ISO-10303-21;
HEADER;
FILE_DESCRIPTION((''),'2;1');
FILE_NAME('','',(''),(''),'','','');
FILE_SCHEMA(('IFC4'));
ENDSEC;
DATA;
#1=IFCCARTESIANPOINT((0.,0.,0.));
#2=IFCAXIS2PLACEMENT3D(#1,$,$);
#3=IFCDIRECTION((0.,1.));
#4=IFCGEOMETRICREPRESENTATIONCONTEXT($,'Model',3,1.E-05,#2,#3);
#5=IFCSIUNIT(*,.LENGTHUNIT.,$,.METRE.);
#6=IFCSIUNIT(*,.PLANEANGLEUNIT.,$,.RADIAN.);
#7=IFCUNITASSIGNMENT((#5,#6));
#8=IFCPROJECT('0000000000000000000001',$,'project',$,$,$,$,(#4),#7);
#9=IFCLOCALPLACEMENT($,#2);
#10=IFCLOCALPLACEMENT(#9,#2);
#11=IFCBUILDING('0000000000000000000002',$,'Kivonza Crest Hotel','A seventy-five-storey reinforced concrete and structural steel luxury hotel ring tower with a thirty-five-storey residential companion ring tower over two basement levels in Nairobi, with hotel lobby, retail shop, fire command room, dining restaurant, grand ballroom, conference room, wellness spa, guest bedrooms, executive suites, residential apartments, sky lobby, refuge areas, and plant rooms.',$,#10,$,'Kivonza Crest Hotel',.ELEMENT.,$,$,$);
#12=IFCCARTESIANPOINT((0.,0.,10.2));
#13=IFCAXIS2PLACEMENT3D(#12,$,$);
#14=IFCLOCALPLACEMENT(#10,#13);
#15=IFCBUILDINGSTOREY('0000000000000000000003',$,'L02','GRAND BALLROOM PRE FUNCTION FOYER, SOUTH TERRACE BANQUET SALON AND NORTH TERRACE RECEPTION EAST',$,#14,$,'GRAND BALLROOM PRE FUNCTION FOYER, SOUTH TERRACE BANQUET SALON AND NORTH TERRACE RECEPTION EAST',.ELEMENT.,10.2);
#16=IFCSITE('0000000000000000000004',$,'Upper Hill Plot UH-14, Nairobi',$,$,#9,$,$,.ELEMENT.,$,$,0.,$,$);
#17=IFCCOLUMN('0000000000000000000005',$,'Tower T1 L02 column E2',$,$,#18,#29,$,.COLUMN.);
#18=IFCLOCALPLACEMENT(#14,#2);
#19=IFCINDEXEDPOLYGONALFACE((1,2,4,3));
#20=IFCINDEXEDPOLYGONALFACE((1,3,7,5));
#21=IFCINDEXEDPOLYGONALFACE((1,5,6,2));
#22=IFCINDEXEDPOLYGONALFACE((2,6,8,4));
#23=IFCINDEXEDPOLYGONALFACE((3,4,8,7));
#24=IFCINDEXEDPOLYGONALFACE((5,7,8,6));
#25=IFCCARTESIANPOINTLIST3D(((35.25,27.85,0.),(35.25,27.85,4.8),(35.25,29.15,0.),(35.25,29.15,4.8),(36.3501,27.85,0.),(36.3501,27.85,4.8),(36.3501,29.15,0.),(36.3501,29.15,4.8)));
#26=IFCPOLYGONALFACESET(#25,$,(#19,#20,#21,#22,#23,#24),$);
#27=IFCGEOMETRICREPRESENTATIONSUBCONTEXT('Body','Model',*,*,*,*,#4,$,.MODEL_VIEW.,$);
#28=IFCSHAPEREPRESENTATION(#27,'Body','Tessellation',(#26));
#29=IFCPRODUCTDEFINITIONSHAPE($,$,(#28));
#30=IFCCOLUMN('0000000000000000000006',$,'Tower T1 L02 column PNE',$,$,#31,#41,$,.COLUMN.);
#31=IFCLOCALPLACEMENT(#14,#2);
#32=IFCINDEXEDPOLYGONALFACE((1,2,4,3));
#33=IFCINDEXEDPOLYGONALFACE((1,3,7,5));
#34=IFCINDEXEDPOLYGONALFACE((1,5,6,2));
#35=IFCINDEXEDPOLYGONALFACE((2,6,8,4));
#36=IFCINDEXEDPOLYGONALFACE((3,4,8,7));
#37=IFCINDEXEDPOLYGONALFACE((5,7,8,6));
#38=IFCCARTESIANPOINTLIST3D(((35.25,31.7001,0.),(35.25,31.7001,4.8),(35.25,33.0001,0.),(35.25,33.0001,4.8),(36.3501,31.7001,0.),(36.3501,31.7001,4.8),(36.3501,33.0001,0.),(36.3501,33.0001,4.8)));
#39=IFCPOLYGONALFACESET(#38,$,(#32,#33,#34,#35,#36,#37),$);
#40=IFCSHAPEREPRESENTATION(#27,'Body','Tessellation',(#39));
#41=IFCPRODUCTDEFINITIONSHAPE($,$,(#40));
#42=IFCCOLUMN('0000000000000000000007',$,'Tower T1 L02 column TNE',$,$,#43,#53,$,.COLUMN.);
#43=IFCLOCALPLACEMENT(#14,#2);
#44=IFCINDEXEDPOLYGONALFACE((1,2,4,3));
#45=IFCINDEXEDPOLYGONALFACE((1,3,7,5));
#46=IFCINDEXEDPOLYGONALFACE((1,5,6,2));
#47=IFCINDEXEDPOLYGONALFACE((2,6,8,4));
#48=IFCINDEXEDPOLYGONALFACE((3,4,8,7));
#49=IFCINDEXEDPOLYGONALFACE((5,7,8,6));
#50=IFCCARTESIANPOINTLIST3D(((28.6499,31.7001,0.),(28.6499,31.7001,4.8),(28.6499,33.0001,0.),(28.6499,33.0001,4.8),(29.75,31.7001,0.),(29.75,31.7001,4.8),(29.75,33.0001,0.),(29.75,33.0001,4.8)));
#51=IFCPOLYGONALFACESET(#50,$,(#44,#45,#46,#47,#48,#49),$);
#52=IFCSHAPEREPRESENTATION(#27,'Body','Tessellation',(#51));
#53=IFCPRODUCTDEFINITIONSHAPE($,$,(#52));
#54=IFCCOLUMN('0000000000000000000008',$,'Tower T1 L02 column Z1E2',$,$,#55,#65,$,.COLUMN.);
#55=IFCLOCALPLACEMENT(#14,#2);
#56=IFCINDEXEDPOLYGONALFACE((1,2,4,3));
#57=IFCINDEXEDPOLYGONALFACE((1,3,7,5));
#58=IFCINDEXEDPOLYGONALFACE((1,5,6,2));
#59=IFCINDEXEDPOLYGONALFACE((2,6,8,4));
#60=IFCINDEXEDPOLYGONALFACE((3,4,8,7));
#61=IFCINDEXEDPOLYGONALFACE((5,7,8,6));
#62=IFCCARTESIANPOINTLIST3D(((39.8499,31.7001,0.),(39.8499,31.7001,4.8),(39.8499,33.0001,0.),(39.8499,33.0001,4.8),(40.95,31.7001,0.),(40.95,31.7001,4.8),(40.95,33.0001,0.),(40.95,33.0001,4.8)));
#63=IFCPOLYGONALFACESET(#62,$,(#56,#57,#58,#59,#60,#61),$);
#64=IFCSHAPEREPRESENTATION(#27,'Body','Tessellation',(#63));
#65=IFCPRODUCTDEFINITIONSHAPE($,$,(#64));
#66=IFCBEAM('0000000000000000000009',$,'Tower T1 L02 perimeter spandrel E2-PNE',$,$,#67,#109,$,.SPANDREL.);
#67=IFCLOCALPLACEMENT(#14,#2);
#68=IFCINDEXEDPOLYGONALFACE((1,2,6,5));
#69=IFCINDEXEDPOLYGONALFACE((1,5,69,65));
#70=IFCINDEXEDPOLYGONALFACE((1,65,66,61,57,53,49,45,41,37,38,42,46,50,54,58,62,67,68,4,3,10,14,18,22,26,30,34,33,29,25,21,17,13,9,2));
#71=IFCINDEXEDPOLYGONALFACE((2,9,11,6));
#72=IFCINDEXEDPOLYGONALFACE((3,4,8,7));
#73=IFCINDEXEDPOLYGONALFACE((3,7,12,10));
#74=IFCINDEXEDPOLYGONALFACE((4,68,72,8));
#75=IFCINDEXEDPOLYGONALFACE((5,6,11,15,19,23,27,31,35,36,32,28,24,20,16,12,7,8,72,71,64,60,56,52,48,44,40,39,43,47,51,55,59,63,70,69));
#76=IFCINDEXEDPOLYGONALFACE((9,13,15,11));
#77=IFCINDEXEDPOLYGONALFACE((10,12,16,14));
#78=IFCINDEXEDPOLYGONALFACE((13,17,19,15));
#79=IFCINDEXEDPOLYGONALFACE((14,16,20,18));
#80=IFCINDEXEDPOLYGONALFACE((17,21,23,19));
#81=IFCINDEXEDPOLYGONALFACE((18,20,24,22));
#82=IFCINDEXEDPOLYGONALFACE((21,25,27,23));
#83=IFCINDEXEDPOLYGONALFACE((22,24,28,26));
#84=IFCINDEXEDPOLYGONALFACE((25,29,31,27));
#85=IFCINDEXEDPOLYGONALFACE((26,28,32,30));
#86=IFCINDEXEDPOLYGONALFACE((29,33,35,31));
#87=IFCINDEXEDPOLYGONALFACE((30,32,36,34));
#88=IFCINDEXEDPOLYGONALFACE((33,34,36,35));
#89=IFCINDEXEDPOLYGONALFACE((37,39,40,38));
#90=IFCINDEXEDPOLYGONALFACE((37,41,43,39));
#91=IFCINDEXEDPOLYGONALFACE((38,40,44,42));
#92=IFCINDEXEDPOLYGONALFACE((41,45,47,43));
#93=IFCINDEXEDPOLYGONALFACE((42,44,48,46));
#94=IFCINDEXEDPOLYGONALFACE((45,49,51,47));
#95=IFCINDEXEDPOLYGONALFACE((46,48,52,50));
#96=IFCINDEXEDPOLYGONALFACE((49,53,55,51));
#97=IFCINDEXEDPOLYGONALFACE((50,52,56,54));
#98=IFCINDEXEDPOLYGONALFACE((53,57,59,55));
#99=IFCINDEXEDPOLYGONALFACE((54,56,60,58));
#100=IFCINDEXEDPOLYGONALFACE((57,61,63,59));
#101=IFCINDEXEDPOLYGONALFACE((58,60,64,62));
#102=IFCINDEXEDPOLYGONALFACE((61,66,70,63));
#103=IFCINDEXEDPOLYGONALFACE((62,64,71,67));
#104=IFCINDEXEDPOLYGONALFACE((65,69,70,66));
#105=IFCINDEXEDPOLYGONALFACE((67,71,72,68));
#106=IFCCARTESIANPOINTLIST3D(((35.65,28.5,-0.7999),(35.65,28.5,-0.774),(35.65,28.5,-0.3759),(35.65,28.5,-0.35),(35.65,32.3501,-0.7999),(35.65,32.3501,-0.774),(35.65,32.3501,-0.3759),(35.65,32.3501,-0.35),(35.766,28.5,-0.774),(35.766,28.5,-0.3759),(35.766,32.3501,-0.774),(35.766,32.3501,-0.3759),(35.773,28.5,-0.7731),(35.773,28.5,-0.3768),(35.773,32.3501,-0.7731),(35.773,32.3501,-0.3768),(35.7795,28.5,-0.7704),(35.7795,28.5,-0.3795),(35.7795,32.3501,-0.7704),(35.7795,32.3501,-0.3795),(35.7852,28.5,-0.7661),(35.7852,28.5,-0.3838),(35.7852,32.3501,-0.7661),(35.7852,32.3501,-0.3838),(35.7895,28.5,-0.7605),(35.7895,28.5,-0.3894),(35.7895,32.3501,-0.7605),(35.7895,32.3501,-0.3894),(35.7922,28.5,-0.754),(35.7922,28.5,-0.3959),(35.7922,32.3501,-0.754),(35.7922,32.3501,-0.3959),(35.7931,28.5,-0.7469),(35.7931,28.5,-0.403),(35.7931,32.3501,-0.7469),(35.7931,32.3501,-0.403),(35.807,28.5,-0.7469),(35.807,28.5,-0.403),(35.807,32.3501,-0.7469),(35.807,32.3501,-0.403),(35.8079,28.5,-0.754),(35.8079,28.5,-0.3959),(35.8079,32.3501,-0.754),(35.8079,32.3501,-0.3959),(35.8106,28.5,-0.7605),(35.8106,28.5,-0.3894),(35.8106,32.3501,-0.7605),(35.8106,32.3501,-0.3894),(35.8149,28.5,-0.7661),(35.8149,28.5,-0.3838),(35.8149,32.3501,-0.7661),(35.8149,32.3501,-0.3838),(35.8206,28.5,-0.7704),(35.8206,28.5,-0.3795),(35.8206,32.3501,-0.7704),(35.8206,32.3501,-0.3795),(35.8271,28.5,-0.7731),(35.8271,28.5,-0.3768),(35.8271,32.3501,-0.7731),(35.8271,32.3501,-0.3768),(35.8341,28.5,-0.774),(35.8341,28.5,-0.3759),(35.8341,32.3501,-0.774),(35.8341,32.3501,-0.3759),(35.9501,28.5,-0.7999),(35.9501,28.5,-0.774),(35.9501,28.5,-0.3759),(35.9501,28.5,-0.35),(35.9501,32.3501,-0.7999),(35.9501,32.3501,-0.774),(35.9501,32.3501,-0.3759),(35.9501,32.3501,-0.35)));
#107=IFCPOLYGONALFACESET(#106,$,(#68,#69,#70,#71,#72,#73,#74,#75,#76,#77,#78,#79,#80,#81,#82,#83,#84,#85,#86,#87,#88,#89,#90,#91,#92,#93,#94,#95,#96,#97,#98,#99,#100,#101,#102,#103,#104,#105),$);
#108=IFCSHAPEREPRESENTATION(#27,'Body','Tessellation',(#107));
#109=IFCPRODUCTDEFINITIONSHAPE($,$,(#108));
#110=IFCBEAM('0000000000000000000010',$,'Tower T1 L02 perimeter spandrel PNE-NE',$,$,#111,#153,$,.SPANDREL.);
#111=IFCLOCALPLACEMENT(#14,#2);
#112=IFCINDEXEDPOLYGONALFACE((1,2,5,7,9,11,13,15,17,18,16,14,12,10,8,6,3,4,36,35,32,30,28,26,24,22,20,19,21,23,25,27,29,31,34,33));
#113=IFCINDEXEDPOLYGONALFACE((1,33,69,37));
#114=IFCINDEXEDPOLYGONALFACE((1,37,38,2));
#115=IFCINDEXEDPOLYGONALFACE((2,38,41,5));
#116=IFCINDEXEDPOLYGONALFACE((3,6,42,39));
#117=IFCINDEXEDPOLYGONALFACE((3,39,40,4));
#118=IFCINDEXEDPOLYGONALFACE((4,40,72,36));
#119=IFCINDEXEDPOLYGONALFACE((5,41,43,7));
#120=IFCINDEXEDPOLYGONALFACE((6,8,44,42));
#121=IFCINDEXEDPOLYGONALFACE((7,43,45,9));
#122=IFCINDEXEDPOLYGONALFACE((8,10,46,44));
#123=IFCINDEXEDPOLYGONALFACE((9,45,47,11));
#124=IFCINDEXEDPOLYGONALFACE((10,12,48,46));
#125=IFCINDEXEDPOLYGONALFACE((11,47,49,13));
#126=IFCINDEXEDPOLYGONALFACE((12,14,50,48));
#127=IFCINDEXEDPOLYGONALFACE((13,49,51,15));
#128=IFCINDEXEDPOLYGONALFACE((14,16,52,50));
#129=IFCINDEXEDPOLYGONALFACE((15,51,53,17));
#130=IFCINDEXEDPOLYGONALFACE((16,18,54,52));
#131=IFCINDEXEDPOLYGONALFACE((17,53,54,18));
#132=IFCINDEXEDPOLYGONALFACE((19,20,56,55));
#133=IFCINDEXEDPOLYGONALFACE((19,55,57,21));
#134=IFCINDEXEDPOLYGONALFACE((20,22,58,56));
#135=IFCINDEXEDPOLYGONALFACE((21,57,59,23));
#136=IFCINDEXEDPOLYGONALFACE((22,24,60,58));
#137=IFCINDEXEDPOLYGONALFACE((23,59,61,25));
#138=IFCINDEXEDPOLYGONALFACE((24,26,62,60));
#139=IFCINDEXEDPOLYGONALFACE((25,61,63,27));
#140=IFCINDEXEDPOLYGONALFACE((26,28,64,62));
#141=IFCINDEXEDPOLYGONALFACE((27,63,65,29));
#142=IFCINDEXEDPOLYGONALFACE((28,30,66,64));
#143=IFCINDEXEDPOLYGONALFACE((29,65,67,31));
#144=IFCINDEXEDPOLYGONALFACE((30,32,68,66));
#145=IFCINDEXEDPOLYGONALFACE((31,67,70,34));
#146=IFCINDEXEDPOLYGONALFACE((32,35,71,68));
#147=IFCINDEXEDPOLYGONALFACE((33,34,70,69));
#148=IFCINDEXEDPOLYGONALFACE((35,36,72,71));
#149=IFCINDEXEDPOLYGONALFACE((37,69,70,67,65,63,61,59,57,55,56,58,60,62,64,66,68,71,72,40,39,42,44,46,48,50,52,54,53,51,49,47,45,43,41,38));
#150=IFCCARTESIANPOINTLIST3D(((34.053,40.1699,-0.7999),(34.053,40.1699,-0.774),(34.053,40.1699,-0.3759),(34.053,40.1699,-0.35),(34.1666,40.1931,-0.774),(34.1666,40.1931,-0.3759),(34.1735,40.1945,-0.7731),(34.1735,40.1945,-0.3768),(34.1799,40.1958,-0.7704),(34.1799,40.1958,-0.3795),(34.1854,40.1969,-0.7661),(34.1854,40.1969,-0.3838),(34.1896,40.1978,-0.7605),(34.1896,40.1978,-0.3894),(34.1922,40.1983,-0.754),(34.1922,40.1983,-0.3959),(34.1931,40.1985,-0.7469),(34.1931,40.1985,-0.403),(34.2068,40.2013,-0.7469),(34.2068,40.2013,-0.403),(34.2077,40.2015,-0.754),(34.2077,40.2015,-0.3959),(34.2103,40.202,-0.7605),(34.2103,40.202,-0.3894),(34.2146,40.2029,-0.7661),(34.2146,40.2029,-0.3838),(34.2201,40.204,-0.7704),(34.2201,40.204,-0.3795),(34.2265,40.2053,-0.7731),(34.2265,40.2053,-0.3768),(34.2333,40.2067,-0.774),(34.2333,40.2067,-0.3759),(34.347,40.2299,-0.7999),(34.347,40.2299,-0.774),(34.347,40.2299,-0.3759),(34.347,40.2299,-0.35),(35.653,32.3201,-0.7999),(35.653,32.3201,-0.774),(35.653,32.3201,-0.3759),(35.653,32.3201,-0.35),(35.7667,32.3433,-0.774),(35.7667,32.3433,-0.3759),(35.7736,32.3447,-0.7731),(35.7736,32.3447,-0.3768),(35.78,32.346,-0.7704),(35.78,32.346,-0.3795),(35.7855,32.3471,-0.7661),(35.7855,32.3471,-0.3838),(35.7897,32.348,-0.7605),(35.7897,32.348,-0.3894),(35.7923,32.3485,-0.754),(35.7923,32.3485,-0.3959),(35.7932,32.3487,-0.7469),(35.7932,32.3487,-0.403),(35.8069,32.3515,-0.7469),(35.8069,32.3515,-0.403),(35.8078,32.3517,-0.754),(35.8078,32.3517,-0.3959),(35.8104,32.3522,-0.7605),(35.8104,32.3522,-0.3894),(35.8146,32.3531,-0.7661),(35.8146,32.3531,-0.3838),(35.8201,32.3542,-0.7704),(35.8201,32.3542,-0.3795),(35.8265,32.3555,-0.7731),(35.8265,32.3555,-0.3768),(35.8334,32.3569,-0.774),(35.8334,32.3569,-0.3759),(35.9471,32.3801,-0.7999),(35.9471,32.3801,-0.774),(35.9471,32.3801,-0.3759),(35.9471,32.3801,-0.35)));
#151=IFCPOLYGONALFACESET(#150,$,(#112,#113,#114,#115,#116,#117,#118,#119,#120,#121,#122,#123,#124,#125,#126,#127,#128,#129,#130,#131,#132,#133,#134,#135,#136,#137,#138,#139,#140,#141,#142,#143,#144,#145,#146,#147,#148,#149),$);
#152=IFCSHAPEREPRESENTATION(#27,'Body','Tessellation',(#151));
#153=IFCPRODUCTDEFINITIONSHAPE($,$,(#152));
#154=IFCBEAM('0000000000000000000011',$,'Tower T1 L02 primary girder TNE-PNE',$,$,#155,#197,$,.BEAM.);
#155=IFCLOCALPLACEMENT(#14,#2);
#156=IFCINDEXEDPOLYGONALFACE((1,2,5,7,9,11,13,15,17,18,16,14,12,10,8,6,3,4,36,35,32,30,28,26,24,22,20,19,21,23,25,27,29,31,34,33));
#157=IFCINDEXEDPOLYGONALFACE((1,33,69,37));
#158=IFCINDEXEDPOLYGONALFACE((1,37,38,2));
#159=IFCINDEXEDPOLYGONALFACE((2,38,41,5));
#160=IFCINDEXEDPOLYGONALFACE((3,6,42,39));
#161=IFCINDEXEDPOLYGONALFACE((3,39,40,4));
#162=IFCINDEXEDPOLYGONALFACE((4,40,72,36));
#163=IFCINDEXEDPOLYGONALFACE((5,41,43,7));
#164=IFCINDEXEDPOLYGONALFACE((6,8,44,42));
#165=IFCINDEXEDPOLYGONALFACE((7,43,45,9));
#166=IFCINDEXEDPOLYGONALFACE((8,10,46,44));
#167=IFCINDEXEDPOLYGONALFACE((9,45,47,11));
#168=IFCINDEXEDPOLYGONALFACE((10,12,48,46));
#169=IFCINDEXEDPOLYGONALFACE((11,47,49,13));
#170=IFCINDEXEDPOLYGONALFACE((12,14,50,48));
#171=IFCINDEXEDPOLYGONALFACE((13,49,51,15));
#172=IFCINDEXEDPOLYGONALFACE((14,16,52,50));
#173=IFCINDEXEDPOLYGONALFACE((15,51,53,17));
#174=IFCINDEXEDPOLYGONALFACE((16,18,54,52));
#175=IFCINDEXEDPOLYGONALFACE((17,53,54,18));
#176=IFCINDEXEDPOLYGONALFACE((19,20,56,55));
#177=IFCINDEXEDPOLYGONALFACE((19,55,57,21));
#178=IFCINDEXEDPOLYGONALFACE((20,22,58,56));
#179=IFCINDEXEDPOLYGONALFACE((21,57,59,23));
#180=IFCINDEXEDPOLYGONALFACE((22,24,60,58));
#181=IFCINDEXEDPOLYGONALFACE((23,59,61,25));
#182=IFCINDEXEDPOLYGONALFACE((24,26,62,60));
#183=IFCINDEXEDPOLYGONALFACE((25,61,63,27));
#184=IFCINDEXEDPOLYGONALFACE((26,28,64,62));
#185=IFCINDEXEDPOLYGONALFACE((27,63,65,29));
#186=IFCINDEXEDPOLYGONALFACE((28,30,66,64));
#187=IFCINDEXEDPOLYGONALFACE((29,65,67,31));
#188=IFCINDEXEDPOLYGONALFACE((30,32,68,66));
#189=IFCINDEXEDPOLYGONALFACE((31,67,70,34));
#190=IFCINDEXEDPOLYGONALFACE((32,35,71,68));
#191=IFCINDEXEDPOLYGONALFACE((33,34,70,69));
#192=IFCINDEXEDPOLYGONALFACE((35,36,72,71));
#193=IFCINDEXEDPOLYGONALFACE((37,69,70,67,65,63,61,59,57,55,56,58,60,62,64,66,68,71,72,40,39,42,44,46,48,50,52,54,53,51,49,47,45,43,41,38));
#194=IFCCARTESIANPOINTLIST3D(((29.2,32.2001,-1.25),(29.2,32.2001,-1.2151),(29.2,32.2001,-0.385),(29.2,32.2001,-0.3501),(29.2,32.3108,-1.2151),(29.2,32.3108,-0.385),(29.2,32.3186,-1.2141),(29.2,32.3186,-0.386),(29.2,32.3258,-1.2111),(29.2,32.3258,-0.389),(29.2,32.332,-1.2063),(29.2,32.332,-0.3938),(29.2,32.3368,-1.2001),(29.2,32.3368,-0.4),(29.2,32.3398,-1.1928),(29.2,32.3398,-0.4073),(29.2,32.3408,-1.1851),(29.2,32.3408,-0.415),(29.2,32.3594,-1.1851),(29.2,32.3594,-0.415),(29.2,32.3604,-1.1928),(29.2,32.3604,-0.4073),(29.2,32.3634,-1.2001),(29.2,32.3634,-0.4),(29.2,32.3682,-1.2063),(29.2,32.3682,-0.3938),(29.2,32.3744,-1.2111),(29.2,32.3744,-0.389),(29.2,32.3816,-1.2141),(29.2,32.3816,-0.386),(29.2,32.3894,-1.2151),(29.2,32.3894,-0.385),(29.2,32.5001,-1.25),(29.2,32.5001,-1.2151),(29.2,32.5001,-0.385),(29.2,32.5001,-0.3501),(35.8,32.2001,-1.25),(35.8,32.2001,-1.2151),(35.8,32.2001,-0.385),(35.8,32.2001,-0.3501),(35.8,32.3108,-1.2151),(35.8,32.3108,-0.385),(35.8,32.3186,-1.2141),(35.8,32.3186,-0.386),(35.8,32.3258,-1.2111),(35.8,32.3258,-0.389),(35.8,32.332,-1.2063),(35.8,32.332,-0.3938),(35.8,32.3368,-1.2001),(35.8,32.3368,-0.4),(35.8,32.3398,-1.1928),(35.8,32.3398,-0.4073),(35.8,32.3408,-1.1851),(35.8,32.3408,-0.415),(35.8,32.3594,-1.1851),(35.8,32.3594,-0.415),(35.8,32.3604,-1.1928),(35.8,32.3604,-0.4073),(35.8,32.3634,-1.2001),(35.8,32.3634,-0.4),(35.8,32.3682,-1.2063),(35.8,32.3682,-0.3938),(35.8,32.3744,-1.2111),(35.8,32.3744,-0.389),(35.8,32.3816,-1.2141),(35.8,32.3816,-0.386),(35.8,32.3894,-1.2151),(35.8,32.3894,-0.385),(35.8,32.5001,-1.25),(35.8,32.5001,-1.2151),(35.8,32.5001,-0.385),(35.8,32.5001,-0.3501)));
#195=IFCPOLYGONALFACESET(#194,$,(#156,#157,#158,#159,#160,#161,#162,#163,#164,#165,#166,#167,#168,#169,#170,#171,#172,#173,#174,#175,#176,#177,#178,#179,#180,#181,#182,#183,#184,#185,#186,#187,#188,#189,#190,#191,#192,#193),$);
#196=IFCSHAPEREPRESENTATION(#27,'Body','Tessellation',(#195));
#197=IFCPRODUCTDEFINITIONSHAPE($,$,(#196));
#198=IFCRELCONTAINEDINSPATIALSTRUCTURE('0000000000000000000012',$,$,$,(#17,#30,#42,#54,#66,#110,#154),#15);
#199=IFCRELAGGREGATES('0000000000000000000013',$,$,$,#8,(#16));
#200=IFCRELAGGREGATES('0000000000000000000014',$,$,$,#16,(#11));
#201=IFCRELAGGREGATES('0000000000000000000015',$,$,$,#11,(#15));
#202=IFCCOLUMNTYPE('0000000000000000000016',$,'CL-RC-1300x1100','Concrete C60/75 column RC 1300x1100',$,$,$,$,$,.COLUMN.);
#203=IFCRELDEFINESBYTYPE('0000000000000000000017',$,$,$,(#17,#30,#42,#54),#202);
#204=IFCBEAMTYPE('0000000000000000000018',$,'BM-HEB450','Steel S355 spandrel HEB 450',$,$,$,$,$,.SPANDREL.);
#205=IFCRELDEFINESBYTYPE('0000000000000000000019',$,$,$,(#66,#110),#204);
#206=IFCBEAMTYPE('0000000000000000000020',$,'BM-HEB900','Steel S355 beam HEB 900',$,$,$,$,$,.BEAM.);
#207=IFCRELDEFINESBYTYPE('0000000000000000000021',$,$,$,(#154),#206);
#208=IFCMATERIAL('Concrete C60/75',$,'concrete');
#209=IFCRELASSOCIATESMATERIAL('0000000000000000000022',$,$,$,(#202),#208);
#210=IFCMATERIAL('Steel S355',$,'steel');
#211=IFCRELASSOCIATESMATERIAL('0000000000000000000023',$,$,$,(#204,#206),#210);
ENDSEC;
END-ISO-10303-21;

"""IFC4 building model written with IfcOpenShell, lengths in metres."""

from ifc_helpers import new_model, si_unit, direction, frame, origin, origin_2d, place, context, subcontext, project, spatial, rectangle, i_section, extrude, material, material_profile, profile_set, type_object, element, save


model = new_model("IFC4")

# Units and contexts
model_context = context("Model", 3, precision=1e-05, world=origin(), true_north=direction((0.0, 1.0)))
body_context = subcontext(model_context, "Body", "Model", "MODEL_VIEW")
ifc_project = project(units=[si_unit("LENGTHUNIT", "METRE"), si_unit("PLANEANGLEUNIT", "RADIAN")], contexts=[model_context])

# Site, building, storey
site_placement = place(None, origin())
site = spatial("IfcSite", under=ifc_project, at=site_placement, Name="Upper Hill Plot UH-14, Nairobi", CompositionType="ELEMENT", RefElevation=0.0)
building_placement = place(site_placement, origin())
building = spatial("IfcBuilding", under=site, at=building_placement, Name="Kivonza Crest Hotel", Description="A seventy-five-storey reinforced concrete and structural steel luxury hotel ring tower with a thirty-five-storey residential companion ring tower over two basement levels in Nairobi, with hotel lobby, retail shop, fire command room, dining restaurant, grand ballroom, conference room, wellness spa, guest bedrooms, executive suites, residential apartments, sky lobby, refuge areas, and plant rooms.", LongName="Kivonza Crest Hotel", CompositionType="ELEMENT")
storey_placement = place(building_placement, frame((0.0, 0.0, 10.2)))
storey = spatial("IfcBuildingStorey", under=building, at=storey_placement, Name="L02", Description="GRAND BALLROOM PRE FUNCTION FOYER, SOUTH TERRACE BANQUET SALON AND NORTH TERRACE RECEPTION EAST", LongName="GRAND BALLROOM PRE FUNCTION FOYER, SOUTH TERRACE BANQUET SALON AND NORTH TERRACE RECEPTION EAST", CompositionType="ELEMENT", Elevation=10.2)

# Columns
ifc_material_1 = material(Name="Concrete C60/75", Category="concrete")
ifc_material_profile_1 = material_profile(ifc_material_1, rectangle(XDim=1.1001, YDim=1.3, at=origin_2d()), Name="RC 1300x1100")
ifc_profile_set_1 = profile_set([ifc_material_profile_1], Name="Concrete C60/75")
column_type = type_object("IfcColumnType", Name="CL-RC-1300x1100", Description="Concrete C60/75 column RC 1300x1100", PredefinedType="COLUMN", material=ifc_profile_set_1)
for number, where, z_axis, x_axis, name in (
    (1, (35.8, 28.5, 0.0), (0.0, 0.0, 1.0), (1.0, 0.0, 0.0), "Tower T1 L02 column E2"),
    (2, (35.8, 32.3501, 0.0), (0.0, 0.0, 1.0), (1.0, 0.0, 0.0), "Tower T1 L02 column PNE"),
    (3, (29.2, 32.3501, 0.0), (0.0, 0.0, 1.0), (1.0, 0.0, 0.0), "Tower T1 L02 column TNE"),
    (4, (40.3999, 32.3501, 0.0), (0.0, 0.0, 1.0), (1.0, 0.0, 0.0), "Tower T1 L02 column Z1E2"),
):
    element("IfcColumn", number, at=place(storey_placement, frame(where, z_axis=z_axis, x_axis=x_axis)), inside=storey, type_object=column_type, Name=name, PredefinedType="COLUMN", context=body_context, shape_type="SweptSolid", body=[
        extrude(rectangle(XDim=1.1001, YDim=1.3, at=origin_2d()), origin(), (0.0, 0.0, 1.0), 4.8),
    ])

# Beams
ifc_material_2 = material(Name="Steel S355", Category="steel")
ifc_material_profile_2 = material_profile(ifc_material_2, i_section(OverallWidth=0.3, OverallDepth=0.45, WebThickness=0.0139, FlangeThickness=0.0259, FilletRadius=0.0271, at=origin_2d()), Name="HEB 450")
ifc_profile_set_2 = profile_set([ifc_material_profile_2], Name="Steel S355")
beam_type_1 = type_object("IfcBeamType", Name="BM-HEB450", Description="Steel S355 spandrel HEB 450", PredefinedType="SPANDREL", material=ifc_profile_set_2)
beam_1_placement = place(storey_placement, frame((35.8, 28.5, -0.575), z_axis=(0.0, 1.0, 0.0), x_axis=(-1.0, 0.0, 0.0)))
element("IfcBeam", 5, at=beam_1_placement, inside=storey, type_object=beam_type_1, Name="Tower T1 L02 perimeter spandrel E2-PNE", PredefinedType="SPANDREL", context=body_context, shape_type="SweptSolid", body=[
    extrude(i_section(OverallWidth=0.3, OverallDepth=0.45, WebThickness=0.0139, FlangeThickness=0.0259, FilletRadius=0.0271, at=origin_2d()), origin(), (0.0, 0.0, 1.0), 3.8501),
])
beam_2_placement = place(storey_placement, frame((35.8, 32.3501, -0.575), z_axis=(-0.199731, 0.979851, 0.0), x_axis=(-0.979851, -0.199731, 0.0)))
element("IfcBeam", 6, at=beam_2_placement, inside=storey, type_object=beam_type_1, Name="Tower T1 L02 perimeter spandrel PNE-NE", PredefinedType="SPANDREL", context=body_context, shape_type="SweptSolid", body=[
    extrude(i_section(OverallWidth=0.3, OverallDepth=0.45, WebThickness=0.0139, FlangeThickness=0.0259, FilletRadius=0.0271, at=origin_2d()), origin(), (0.0, 0.0, 1.0), 8.0112),
])
ifc_material_profile_3 = material_profile(ifc_material_2, i_section(OverallWidth=0.3, OverallDepth=0.8999, WebThickness=0.0186, FlangeThickness=0.0349, FilletRadius=0.03, at=origin_2d()), Name="HEB 900")
ifc_profile_set_3 = profile_set([ifc_material_profile_3], Name="Steel S355")
beam_type_2 = type_object("IfcBeamType", Name="BM-HEB900", Description="Steel S355 beam HEB 900", PredefinedType="BEAM", material=ifc_profile_set_3)
beam_3_placement = place(storey_placement, frame((29.2, 32.3501, -0.8), z_axis=(1.0, 0.0, 0.0), x_axis=(0.0, 1.0, 0.0)))
element("IfcBeam", 7, at=beam_3_placement, inside=storey, type_object=beam_type_2, Name="Tower T1 L02 primary girder TNE-PNE", PredefinedType="BEAM", context=body_context, shape_type="SweptSolid", body=[
    extrude(i_section(OverallWidth=0.3, OverallDepth=0.8999, WebThickness=0.0186, FlangeThickness=0.0349, FilletRadius=0.03, at=origin_2d()), origin(), (0.0, 0.0, 1.0), 6.6001),
])

save(model, "model.ifc")
